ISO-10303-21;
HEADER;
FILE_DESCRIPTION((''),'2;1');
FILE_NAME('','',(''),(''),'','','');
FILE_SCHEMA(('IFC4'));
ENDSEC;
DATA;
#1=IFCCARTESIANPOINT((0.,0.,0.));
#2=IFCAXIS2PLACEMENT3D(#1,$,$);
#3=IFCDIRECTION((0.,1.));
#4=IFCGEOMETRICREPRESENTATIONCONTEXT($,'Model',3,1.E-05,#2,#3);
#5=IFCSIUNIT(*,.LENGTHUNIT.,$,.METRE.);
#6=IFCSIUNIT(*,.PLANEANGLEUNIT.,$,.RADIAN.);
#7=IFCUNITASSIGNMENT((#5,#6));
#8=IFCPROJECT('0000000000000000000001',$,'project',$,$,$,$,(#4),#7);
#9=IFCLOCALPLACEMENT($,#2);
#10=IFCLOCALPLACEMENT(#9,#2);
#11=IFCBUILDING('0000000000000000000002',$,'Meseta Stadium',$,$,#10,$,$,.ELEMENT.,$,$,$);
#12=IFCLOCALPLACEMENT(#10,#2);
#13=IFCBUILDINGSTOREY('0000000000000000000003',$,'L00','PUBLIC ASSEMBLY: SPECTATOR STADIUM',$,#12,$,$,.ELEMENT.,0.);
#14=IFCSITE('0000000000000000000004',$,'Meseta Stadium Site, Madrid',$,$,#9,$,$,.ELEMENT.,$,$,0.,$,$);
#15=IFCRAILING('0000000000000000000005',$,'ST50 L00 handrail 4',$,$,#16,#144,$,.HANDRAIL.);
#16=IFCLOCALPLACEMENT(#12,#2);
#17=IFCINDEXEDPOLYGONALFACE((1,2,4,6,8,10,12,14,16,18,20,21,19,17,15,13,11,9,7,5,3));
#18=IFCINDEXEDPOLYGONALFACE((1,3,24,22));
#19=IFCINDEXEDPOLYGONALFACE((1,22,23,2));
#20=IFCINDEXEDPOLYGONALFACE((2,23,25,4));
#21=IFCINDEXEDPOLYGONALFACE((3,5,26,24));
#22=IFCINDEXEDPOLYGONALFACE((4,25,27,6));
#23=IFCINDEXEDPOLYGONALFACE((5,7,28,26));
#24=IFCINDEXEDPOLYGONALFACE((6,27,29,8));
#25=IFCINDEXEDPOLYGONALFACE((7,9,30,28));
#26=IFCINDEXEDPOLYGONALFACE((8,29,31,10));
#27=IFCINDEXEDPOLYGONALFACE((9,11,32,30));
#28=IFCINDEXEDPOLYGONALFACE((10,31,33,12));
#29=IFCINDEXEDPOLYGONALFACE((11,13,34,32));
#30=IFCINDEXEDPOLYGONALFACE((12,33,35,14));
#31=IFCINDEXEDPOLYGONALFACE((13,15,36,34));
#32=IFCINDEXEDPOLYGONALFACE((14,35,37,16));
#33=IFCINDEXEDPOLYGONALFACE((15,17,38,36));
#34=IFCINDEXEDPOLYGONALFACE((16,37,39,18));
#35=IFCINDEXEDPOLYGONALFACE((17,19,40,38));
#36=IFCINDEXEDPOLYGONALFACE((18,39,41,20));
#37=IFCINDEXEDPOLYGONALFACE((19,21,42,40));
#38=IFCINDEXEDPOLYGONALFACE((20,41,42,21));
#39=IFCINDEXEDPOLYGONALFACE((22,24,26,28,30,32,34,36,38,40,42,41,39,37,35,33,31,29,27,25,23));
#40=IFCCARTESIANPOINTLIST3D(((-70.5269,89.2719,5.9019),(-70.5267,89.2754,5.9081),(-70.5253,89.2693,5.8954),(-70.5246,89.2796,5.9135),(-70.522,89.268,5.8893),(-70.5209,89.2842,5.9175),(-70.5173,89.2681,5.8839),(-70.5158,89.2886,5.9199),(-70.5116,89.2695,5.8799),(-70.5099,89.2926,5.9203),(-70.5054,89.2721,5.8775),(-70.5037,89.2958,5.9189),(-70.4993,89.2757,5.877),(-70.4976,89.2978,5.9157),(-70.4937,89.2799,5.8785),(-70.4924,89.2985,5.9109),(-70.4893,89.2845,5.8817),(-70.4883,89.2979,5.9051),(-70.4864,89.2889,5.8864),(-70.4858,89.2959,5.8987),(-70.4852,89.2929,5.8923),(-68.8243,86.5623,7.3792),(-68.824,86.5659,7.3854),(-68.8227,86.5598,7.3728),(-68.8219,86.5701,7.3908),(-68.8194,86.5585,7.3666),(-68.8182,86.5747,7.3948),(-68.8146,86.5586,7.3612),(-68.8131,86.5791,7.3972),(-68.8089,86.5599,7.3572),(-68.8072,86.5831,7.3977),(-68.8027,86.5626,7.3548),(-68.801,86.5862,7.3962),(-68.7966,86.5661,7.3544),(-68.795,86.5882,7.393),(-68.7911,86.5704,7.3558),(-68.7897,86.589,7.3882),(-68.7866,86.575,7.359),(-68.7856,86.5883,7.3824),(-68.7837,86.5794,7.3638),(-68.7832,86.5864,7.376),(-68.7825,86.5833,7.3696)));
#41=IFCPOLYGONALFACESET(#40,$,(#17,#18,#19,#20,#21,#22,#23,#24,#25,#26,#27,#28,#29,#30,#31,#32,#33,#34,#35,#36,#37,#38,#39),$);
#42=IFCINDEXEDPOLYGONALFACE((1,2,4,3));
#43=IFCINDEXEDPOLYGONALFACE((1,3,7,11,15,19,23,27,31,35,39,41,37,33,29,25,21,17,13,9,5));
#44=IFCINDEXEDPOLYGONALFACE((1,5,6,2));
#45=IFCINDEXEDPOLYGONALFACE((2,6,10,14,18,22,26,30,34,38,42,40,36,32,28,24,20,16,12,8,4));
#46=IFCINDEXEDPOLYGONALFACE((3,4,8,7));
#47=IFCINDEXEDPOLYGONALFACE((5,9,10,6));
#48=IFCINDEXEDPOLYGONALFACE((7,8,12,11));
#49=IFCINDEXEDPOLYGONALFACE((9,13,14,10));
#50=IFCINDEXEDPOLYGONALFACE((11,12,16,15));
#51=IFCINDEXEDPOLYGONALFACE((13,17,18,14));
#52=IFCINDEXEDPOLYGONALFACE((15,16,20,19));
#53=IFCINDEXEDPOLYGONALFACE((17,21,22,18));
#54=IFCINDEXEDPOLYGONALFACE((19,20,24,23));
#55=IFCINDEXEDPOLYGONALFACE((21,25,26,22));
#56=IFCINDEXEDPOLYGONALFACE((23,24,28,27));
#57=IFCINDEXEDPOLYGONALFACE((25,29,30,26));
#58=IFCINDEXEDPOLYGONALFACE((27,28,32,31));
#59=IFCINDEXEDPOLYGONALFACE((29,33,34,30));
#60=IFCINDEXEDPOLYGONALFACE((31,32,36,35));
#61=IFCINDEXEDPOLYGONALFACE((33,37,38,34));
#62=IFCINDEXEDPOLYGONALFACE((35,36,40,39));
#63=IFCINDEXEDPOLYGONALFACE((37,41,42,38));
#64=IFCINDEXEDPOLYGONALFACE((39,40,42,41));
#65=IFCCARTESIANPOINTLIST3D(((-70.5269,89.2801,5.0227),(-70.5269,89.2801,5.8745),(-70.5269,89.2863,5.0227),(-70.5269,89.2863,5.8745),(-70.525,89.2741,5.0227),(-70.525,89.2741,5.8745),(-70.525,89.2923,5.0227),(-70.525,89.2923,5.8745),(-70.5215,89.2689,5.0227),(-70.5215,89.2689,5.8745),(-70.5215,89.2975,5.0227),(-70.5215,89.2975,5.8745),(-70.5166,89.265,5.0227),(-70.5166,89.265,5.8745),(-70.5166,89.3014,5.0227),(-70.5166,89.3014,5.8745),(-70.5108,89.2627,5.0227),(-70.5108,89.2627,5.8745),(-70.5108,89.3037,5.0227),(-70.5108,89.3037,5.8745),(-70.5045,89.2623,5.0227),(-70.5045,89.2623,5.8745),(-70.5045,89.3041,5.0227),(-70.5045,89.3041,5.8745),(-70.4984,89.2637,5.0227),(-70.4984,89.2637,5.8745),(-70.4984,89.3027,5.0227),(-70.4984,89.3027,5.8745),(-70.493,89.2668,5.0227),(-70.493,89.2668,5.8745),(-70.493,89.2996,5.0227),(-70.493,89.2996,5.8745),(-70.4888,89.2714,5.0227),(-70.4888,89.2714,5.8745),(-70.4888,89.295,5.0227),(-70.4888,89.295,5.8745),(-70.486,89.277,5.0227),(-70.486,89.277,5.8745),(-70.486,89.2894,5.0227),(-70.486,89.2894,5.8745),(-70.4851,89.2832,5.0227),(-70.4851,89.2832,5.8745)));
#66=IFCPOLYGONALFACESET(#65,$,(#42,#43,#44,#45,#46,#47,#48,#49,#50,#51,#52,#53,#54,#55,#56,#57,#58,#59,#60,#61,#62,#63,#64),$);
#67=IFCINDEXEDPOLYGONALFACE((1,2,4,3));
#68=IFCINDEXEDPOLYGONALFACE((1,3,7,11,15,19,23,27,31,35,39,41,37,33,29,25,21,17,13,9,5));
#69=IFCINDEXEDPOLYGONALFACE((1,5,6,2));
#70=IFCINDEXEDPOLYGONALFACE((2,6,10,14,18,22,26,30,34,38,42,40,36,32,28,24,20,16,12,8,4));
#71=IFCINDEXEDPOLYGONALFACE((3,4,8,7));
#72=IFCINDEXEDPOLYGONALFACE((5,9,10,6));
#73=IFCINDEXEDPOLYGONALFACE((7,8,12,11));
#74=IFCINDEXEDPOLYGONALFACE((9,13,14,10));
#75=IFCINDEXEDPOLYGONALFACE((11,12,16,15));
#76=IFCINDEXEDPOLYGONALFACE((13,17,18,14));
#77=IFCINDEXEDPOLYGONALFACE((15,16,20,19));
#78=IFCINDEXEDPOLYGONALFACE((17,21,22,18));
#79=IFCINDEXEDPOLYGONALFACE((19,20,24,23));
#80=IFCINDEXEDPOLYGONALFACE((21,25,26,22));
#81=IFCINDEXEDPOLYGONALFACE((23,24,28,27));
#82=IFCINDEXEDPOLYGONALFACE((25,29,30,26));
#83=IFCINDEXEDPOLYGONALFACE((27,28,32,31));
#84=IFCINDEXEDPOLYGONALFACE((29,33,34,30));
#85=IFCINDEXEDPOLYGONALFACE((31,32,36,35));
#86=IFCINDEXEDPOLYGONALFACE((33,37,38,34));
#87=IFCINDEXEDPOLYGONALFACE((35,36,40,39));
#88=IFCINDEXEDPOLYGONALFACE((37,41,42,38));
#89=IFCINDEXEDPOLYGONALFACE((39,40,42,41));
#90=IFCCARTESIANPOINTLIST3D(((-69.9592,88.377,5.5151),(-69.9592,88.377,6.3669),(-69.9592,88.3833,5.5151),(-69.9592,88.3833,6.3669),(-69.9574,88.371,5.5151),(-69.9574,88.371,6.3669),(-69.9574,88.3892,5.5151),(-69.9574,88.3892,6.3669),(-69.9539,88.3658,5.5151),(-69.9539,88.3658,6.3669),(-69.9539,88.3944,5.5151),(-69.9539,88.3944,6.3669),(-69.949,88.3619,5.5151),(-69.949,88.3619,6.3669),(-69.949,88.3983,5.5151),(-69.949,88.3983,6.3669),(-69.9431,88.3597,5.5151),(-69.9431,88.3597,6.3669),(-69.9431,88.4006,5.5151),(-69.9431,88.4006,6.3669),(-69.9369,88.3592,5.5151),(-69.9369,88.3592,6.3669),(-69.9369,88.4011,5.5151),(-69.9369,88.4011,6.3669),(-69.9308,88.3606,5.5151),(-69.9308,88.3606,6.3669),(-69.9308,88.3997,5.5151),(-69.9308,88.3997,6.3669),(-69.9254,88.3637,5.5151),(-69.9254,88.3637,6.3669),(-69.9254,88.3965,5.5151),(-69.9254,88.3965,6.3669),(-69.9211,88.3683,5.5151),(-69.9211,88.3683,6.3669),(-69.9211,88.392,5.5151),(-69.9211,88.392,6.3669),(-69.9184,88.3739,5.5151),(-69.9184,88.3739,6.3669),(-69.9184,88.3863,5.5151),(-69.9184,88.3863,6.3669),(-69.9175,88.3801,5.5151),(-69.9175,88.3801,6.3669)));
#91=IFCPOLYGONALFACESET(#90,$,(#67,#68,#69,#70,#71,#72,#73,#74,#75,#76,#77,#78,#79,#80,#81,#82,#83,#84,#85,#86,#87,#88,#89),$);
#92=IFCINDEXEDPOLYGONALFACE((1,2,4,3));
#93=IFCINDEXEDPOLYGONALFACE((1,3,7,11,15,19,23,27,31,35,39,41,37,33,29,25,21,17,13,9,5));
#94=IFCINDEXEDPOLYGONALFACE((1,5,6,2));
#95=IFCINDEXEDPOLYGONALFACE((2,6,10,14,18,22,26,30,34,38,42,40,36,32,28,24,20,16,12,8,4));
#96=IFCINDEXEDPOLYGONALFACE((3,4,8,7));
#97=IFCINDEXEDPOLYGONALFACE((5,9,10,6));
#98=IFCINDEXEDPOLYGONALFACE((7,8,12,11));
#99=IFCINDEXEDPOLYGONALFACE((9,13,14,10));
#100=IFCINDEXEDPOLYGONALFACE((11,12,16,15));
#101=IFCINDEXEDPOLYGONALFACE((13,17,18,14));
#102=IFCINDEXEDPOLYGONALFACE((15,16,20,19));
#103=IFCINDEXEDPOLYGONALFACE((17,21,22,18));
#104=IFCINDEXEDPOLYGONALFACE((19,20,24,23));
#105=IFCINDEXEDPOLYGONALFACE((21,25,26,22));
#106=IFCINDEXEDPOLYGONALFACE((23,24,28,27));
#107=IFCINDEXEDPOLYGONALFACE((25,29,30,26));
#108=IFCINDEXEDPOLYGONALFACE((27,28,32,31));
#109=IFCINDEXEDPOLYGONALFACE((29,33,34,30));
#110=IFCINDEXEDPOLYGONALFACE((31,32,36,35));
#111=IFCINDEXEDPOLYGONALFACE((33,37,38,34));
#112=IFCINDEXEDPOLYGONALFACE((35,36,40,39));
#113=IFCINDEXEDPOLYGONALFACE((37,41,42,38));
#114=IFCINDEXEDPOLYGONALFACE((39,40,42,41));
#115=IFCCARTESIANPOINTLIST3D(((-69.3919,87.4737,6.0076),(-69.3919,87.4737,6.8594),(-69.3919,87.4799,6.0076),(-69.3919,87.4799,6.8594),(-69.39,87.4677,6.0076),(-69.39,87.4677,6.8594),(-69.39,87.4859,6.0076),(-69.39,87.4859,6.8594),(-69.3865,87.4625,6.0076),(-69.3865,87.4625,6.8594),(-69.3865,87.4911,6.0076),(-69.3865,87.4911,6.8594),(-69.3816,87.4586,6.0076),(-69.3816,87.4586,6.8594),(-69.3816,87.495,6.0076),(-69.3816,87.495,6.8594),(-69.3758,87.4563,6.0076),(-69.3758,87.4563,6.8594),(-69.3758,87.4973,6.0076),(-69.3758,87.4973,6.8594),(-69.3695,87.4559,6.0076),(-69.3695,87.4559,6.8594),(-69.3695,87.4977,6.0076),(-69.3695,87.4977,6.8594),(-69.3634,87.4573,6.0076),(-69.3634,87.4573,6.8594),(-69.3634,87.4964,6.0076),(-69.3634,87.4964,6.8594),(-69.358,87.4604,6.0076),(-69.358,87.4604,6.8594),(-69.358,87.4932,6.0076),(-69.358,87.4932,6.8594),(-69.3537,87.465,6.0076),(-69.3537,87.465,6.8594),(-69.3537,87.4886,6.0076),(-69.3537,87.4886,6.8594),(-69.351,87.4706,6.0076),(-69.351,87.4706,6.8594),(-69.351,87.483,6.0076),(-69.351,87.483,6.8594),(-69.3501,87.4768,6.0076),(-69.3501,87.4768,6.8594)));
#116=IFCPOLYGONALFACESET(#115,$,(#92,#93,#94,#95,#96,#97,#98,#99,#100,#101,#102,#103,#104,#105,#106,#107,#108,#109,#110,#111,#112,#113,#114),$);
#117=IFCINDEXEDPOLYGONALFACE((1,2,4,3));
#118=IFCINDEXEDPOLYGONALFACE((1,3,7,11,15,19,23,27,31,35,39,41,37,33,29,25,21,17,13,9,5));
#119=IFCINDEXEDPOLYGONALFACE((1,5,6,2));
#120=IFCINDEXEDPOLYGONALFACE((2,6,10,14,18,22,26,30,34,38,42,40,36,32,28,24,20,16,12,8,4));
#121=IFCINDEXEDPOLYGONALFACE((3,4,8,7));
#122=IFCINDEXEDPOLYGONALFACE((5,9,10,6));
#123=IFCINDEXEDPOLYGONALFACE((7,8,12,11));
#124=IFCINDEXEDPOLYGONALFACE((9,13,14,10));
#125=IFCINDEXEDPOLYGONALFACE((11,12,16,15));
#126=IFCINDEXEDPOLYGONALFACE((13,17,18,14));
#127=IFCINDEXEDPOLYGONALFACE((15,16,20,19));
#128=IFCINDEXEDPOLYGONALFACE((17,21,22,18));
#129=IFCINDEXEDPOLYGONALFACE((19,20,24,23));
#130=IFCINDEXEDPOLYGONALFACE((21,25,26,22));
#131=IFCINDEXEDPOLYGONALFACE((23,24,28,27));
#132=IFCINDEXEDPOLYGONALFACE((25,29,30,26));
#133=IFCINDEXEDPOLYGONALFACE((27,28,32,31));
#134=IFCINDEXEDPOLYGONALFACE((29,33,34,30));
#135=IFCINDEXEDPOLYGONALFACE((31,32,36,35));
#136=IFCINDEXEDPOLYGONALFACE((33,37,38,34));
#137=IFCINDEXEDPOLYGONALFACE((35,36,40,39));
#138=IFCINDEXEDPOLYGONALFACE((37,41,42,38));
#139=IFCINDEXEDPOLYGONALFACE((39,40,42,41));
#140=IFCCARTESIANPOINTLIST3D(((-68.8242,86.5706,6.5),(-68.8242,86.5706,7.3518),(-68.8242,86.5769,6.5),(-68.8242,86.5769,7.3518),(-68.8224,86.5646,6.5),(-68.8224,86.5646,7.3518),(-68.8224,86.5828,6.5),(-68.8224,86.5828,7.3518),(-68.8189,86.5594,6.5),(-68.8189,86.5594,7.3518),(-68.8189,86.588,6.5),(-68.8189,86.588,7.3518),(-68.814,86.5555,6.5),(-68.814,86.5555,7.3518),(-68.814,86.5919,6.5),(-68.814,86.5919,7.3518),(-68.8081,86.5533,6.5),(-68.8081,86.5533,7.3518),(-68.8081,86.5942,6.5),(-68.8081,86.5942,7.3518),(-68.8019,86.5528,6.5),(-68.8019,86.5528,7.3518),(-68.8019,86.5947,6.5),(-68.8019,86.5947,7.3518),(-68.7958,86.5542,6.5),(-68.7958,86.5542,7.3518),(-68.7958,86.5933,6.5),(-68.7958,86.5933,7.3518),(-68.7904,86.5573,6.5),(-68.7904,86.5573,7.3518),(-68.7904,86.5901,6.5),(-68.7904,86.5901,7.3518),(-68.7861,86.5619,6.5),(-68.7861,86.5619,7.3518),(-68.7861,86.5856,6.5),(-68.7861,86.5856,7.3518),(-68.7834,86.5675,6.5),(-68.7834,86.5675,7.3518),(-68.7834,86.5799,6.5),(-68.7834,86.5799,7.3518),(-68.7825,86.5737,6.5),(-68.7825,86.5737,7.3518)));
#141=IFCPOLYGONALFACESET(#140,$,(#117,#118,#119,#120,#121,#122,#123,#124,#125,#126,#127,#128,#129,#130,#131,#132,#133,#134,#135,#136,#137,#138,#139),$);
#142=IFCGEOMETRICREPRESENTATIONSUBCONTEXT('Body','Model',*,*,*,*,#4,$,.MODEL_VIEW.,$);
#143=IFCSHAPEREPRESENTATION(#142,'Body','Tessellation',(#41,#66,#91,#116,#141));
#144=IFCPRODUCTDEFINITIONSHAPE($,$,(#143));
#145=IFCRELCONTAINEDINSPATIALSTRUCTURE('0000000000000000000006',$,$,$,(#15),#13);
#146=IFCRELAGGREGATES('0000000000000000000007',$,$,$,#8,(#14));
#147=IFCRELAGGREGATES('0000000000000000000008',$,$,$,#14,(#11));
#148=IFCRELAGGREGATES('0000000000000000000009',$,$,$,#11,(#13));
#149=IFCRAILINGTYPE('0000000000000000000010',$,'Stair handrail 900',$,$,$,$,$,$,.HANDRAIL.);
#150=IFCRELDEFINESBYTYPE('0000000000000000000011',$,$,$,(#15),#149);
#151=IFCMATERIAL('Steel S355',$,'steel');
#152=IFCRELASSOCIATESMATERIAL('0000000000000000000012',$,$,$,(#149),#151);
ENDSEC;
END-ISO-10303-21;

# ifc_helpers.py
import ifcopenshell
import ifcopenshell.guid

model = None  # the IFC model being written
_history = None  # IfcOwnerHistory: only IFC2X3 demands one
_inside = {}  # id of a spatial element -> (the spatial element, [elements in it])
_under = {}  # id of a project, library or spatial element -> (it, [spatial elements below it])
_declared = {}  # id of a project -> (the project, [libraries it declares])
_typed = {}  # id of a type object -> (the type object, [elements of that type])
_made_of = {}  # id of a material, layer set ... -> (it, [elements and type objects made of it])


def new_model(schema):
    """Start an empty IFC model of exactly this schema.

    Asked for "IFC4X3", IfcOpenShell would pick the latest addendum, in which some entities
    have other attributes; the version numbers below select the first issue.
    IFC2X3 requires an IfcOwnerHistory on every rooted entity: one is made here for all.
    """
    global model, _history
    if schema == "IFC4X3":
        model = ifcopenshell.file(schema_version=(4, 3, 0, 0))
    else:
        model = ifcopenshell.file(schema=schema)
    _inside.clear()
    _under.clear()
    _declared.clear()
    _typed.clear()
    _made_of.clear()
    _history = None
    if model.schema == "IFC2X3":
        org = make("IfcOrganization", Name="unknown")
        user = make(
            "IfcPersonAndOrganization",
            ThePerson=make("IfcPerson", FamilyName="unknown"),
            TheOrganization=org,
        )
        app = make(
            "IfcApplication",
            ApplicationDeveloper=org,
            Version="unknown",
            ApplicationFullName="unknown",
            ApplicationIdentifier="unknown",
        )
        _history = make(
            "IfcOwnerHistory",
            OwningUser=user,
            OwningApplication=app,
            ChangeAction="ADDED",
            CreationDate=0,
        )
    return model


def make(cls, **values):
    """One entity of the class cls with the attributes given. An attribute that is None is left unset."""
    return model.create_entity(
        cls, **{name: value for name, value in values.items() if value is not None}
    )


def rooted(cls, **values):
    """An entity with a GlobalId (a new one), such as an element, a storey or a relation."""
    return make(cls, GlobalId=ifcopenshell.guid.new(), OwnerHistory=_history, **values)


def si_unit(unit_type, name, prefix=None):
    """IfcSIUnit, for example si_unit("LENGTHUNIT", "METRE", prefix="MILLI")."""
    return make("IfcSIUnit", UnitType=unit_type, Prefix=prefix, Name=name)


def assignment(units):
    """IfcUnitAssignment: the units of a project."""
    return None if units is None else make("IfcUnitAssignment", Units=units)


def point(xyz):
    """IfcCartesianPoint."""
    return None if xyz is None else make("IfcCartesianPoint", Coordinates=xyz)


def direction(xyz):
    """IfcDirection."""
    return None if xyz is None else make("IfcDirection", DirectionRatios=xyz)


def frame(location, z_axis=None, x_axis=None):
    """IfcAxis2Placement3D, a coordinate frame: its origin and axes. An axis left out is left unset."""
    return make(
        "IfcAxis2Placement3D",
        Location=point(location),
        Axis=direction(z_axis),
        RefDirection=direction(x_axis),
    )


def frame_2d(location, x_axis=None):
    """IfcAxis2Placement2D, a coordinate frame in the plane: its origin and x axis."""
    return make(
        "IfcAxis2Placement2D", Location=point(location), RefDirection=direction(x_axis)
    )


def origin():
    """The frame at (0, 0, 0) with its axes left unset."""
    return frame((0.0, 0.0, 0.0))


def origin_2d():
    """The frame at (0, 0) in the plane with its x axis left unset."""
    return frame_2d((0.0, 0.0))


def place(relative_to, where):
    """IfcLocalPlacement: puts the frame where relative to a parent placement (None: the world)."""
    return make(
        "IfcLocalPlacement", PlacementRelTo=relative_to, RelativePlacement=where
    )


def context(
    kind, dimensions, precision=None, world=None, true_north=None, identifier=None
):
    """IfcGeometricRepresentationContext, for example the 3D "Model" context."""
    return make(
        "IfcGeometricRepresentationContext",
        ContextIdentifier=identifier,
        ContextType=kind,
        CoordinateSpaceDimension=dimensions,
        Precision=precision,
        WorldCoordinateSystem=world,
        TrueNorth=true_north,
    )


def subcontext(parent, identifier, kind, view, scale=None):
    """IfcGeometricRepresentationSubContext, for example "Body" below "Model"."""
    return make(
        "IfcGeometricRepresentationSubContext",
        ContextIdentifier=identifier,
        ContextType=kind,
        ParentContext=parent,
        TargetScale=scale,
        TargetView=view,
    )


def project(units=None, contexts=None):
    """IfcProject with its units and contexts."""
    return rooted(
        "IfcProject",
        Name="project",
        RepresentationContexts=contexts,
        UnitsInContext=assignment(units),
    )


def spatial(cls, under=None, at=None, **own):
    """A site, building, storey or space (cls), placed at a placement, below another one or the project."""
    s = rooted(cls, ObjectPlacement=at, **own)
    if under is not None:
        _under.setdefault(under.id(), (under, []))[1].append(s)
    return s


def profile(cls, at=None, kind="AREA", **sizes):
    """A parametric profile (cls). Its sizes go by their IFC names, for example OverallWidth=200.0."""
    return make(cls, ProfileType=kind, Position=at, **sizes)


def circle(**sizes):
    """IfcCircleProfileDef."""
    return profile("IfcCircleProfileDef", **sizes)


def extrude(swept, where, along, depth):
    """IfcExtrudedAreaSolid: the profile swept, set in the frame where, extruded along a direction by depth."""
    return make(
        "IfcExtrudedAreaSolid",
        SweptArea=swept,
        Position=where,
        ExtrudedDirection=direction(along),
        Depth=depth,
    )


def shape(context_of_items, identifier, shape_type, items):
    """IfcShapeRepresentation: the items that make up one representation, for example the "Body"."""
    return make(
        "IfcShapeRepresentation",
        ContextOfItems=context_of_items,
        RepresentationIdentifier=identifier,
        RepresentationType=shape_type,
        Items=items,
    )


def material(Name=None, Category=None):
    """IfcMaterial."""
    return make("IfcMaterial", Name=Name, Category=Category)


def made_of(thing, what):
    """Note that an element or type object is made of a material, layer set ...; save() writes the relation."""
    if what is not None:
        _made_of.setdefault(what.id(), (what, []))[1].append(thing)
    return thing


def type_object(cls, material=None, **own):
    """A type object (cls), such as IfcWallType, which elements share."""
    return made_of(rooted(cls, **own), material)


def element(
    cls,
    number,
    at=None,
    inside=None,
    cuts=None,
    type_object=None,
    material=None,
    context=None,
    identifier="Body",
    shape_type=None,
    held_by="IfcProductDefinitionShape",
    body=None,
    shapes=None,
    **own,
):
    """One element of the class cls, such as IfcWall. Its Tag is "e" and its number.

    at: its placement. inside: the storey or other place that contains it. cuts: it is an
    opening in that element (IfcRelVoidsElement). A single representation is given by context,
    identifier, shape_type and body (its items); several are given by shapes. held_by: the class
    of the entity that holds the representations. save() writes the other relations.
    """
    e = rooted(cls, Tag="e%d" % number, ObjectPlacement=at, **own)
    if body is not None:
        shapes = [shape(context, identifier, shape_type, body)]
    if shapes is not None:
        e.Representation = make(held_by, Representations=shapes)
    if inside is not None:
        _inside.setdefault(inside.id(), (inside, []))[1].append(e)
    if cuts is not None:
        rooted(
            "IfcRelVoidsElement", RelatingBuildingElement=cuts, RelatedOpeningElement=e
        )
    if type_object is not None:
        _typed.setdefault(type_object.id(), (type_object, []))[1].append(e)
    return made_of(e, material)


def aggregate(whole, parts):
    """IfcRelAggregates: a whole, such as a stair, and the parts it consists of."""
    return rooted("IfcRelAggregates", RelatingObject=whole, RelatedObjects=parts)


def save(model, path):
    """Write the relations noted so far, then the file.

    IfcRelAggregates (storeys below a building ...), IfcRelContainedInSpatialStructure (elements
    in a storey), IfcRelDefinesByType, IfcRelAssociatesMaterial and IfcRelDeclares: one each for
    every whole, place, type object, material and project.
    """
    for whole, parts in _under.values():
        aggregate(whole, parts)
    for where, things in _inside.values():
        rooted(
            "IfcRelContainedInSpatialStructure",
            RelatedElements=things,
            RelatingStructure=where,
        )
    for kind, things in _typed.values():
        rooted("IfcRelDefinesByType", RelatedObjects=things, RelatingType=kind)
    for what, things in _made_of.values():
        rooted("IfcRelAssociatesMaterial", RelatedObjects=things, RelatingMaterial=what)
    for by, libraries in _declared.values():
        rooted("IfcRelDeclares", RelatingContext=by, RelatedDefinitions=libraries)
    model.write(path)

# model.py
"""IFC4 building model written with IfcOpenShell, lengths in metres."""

from ifc_helpers import new_model, si_unit, direction, frame, origin, origin_2d, place, context, subcontext, project, spatial, circle, extrude, material, type_object, element, save


model = new_model("IFC4")

# Units and contexts
model_context = context("Model", 3, precision=1e-05, world=origin(), true_north=direction((0.0, 1.0)))
body_context = subcontext(model_context, "Body", "Model", "MODEL_VIEW")
ifc_project = project(units=[si_unit("LENGTHUNIT", "METRE"), si_unit("PLANEANGLEUNIT", "RADIAN")], contexts=[model_context])

# Site, building, storey
site_placement = place(None, origin())
site = spatial("IfcSite", under=ifc_project, at=site_placement, Name="Meseta Stadium Site, Madrid", CompositionType="ELEMENT", RefElevation=0.0)
building_placement = place(site_placement, origin())
building = spatial("IfcBuilding", under=site, at=building_placement, Name="Meseta Stadium", CompositionType="ELEMENT")
storey_placement = place(building_placement, origin())
storey = spatial("IfcBuildingStorey", under=building, at=storey_placement, Name="L00", Description="PUBLIC ASSEMBLY: SPECTATOR STADIUM", CompositionType="ELEMENT", Elevation=0.0)

# Railing
ifc_material_1 = material(Name="Steel S355", Category="steel")
railing_type_1 = type_object("IfcRailingType", Name="Stair handrail 900", PredefinedType="HANDRAIL", material=ifc_material_1)
for number, where, name in (
    (1, (-70.5061, 89.2832, 5.0227), "ST50 L00 handrail 4"),
):
    element("IfcRailing", number, at=place(storey_placement, frame(where)), inside=storey, type_object=railing_type_1, Name=name, PredefinedType="HANDRAIL", context=body_context, shape_type="SweptSolid", body=[
        extrude(circle(Radius=0.0239, at=origin_2d()), frame((0.0, 0.0, 0.876), z_axis=(0.483076, -0.768738, 0.419142), x_axis=(0.846701, 0.532068, 0.0)), (0.0, 0.0, 1.0), 3.5247),
        extrude(circle(Radius=0.021, at=origin_2d()), origin(), (0.0, 0.0, 1.0), 0.8518),
        extrude(circle(Radius=0.021, at=origin_2d()), frame((0.5676, -0.9031, 0.4924)), (0.0, 0.0, 1.0), 0.8518),
        extrude(circle(Radius=0.021, at=origin_2d()), frame((1.135, -1.8064, 0.9849)), (0.0, 0.0, 1.0), 0.8518),
        extrude(circle(Radius=0.021, at=origin_2d()), frame((1.7026, -2.7095, 1.4773)), (0.0, 0.0, 1.0), 0.8518),
    ])

save(model, "model.ifc")
